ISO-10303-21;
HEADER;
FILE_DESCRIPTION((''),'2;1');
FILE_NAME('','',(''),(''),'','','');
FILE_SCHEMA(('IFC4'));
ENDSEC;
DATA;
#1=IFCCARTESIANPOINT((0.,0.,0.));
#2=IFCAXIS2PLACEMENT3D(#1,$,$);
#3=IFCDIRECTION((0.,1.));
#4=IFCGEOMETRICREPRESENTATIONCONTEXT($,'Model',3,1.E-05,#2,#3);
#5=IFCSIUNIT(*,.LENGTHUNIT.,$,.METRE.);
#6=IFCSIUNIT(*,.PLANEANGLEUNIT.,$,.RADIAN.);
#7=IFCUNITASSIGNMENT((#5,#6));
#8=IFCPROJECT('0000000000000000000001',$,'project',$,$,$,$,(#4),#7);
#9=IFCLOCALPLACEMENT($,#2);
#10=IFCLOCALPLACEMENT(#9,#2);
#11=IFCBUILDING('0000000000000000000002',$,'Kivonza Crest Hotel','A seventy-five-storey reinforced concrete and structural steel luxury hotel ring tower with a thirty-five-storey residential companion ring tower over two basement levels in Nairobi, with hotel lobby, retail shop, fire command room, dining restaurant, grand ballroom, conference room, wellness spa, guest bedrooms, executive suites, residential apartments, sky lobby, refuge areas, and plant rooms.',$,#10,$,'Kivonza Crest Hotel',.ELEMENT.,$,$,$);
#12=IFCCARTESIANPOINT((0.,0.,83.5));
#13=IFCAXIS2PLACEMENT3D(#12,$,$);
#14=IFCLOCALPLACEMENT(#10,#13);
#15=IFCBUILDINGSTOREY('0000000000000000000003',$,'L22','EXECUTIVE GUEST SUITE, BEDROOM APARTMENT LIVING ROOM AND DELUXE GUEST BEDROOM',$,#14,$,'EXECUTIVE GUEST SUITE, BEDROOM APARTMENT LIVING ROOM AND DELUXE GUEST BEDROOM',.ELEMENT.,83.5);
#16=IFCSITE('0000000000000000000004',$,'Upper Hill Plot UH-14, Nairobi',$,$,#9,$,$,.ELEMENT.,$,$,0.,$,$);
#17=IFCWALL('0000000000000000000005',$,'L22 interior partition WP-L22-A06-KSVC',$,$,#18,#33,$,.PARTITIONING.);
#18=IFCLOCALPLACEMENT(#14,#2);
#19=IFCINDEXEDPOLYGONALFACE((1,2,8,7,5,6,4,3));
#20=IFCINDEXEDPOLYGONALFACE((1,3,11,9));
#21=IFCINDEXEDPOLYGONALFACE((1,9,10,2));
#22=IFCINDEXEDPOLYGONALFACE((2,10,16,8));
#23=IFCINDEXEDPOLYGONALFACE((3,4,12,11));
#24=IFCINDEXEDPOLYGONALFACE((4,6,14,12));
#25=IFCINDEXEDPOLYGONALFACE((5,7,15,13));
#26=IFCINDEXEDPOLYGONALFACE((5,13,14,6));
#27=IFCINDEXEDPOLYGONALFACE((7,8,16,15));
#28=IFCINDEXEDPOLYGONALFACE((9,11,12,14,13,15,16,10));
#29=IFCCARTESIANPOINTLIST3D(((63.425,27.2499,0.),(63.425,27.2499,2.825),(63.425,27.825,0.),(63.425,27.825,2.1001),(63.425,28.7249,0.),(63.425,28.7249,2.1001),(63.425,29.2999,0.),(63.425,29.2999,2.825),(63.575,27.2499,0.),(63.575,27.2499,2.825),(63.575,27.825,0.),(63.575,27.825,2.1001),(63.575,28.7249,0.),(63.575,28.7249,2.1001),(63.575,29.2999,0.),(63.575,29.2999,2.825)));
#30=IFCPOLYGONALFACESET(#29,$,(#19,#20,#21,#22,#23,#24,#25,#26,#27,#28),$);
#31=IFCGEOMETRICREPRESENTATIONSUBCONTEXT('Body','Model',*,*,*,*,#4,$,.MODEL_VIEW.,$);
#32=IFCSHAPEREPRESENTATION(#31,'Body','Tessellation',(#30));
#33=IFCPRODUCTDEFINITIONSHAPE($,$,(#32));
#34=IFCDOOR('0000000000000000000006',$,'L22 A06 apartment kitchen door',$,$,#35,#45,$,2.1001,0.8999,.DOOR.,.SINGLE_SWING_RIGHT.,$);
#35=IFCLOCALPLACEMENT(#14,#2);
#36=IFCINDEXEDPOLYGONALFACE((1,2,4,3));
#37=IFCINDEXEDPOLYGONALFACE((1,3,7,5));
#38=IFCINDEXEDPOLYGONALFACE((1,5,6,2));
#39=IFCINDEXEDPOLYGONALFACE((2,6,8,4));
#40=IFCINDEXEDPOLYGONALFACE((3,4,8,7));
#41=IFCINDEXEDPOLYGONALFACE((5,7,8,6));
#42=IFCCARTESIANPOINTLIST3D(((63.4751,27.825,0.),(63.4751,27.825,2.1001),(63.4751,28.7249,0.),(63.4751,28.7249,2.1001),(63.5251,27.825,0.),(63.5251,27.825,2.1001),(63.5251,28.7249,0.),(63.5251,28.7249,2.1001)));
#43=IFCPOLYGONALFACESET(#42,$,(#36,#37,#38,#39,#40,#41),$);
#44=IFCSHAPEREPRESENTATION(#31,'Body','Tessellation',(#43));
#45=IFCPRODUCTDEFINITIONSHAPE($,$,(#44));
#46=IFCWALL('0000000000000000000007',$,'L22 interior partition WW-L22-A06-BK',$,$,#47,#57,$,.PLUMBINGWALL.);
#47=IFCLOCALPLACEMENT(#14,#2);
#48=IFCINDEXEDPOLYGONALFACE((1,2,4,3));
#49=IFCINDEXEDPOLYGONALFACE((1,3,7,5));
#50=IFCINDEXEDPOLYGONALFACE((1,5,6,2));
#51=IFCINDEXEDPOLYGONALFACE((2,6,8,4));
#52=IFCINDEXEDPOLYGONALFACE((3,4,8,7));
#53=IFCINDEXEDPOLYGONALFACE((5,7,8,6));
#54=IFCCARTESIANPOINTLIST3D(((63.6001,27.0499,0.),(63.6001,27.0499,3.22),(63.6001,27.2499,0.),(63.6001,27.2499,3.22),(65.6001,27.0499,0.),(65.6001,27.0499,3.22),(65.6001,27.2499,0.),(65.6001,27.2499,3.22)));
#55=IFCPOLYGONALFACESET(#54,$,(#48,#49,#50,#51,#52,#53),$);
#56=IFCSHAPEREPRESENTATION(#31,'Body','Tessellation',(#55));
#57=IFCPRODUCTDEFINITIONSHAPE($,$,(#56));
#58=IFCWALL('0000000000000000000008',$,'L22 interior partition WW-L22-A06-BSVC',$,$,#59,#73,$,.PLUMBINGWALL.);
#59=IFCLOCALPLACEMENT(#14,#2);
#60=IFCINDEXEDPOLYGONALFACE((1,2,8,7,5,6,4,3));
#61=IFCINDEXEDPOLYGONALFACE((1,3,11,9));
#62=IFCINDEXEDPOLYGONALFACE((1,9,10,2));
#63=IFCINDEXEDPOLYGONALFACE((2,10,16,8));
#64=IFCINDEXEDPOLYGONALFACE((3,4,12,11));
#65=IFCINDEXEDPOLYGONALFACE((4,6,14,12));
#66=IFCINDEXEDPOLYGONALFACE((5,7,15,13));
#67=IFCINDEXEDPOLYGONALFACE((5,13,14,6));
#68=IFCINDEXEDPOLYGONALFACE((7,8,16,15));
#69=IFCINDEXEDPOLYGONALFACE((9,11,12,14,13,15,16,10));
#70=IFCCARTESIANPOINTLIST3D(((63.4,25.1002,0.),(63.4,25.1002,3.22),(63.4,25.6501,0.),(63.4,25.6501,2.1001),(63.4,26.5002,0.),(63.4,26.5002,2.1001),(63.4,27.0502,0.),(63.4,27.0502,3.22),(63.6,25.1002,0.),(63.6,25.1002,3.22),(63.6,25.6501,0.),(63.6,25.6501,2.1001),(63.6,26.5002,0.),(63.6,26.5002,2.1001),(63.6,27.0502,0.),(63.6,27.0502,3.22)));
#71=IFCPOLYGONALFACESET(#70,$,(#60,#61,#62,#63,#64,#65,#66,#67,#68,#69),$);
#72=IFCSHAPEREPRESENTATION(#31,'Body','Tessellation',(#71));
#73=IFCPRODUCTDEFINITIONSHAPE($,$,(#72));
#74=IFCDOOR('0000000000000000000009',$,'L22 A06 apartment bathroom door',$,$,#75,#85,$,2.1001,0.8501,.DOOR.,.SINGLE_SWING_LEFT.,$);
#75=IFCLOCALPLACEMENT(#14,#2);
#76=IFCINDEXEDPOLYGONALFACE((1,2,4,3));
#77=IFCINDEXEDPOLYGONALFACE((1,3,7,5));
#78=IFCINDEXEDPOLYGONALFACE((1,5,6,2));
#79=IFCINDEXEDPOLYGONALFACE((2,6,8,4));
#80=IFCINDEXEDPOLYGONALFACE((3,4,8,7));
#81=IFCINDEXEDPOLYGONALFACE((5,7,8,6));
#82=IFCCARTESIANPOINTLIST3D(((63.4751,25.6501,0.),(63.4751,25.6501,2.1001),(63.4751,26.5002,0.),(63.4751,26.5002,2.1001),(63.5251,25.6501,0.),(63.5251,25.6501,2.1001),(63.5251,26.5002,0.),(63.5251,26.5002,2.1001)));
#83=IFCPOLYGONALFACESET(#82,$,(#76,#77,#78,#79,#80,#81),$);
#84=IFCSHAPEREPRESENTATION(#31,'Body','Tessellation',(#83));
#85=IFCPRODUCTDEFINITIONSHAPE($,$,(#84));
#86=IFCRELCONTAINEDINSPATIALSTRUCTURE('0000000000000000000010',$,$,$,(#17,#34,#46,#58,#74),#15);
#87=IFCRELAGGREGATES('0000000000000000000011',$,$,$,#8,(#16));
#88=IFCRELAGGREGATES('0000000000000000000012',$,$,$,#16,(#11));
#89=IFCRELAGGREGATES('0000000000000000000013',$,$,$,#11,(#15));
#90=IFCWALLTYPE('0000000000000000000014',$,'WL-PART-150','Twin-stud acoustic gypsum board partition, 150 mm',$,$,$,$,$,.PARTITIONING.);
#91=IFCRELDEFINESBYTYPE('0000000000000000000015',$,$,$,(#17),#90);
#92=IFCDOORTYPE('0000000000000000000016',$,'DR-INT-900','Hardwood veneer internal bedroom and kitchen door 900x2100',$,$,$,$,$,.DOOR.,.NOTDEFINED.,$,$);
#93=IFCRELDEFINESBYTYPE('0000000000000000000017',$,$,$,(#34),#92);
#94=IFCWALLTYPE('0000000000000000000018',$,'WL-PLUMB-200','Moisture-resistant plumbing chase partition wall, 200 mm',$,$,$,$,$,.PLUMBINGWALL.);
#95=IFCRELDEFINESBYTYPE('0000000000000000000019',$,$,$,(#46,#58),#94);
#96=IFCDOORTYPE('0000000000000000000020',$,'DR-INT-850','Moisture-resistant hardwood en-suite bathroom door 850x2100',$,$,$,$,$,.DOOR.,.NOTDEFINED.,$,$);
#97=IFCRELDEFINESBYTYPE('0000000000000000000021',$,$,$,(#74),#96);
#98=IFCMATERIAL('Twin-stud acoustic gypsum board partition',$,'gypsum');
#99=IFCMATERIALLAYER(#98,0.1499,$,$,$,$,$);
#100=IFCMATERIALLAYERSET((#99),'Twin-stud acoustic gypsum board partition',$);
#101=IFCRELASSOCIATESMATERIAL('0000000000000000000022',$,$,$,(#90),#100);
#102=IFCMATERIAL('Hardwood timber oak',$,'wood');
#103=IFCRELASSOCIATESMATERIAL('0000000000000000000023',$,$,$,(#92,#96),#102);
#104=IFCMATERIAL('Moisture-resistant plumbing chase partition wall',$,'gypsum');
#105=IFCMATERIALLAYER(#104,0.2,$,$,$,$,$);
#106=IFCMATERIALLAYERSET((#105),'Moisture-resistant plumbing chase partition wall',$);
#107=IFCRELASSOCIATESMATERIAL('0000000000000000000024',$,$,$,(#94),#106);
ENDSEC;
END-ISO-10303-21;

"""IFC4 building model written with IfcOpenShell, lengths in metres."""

from ifc_helpers import new_model, si_unit, direction, frame, frame_2d, origin, place, context, subcontext, project, spatial, rectangle, extrude, material, layer, layer_set, type_object, element, fill, save


model = new_model("IFC4")

# Units and contexts
model_context = context("Model", 3, precision=1e-05, world=origin(), true_north=direction((0.0, 1.0)))
body_context = subcontext(model_context, "Body", "Model", "MODEL_VIEW")
ifc_project = project(units=[si_unit("LENGTHUNIT", "METRE"), si_unit("PLANEANGLEUNIT", "RADIAN")], contexts=[model_context])

# Site, building, storey
site_placement = place(None, origin())
site = spatial("IfcSite", under=ifc_project, at=site_placement, Name="Upper Hill Plot UH-14, Nairobi", CompositionType="ELEMENT", RefElevation=0.0)
building_placement = place(site_placement, origin())
building = spatial("IfcBuilding", under=site, at=building_placement, Name="Kivonza Crest Hotel", Description="A seventy-five-storey reinforced concrete and structural steel luxury hotel ring tower with a thirty-five-storey residential companion ring tower over two basement levels in Nairobi, with hotel lobby, retail shop, fire command room, dining restaurant, grand ballroom, conference room, wellness spa, guest bedrooms, executive suites, residential apartments, sky lobby, refuge areas, and plant rooms.", LongName="Kivonza Crest Hotel", CompositionType="ELEMENT")
storey_placement = place(building_placement, frame((0.0, 0.0, 83.5)))
storey = spatial("IfcBuildingStorey", under=building, at=storey_placement, Name="L22", Description="EXECUTIVE GUEST SUITE, BEDROOM APARTMENT LIVING ROOM AND DELUXE GUEST BEDROOM", LongName="EXECUTIVE GUEST SUITE, BEDROOM APARTMENT LIVING ROOM AND DELUXE GUEST BEDROOM", CompositionType="ELEMENT", Elevation=83.5)

# Shared definitions
ifc_material_1 = material(Name="Hardwood timber oak", Category="wood")

# Shared definitions
ifc_material_2 = material(Name="Twin-stud acoustic gypsum board partition", Category="gypsum")
ifc_layer_1 = layer(ifc_material_2, 0.1499)
ifc_layer_set_1 = layer_set([ifc_layer_1], Name="Twin-stud acoustic gypsum board partition")
wall_type_1 = type_object("IfcWallType", Name="WL-PART-150", Description="Twin-stud acoustic gypsum board partition, 150 mm", PredefinedType="PARTITIONING", material=ifc_layer_set_1)
door_type_1 = type_object("IfcDoorType", Name="DR-INT-900", Description="Hardwood veneer internal bedroom and kitchen door 900x2100", OperationType="NOTDEFINED", PredefinedType="DOOR", material=ifc_material_1)

# Wall, opening, door
wall_1_placement = place(storey_placement, frame((63.5, 27.25, 0.0), z_axis=(0.0, 0.0, 1.0), x_axis=(0.0, 1.0, 0.0)))
wall_1 = element("IfcWall", 1, at=wall_1_placement, inside=storey, type_object=wall_type_1, Name="L22 interior partition WP-L22-A06-KSVC", PredefinedType="PARTITIONING", context=body_context, shape_type="SweptSolid", body=[
    extrude(rectangle(XDim=2.05, YDim=0.1499, at=frame_2d((1.0249, 0.0))), origin(), (0.0, 0.0, 1.0), 2.825),
])
opening_1_placement = place(wall_1_placement, frame((0.575, 0.0, 0.0)))
opening_1 = element("IfcOpeningElement", 2, at=opening_1_placement, cuts=wall_1, PredefinedType="OPENING", context=body_context, shape_type="SweptSolid", body=[
    extrude(rectangle(XDim=0.8999, YDim=2.1001, at=frame_2d((0.45, 1.05))), frame((0.0, 0.085, 0.0), z_axis=(0.0, -1.0, 0.0), x_axis=(1.0, 0.0, 0.0)), (0.0, 0.0, 1.0), 0.1699),
])
door_1_placement = place(opening_1_placement, origin())
door_1 = element("IfcDoor", 3, at=door_1_placement, inside=storey, type_object=door_type_1, Name="L22 A06 apartment kitchen door", OperationType="SINGLE_SWING_RIGHT", OverallHeight=2.1001, OverallWidth=0.8999, PredefinedType="DOOR", context=body_context, shape_type="SweptSolid", body=[
    extrude(rectangle(XDim=0.8999, YDim=2.1001, at=frame_2d((0.45, 1.05))), frame((0.0, 0.0249, 0.0), z_axis=(0.0, -1.0, 0.0), x_axis=(1.0, 0.0, 0.0)), (0.0, 0.0, 1.0), 0.05),
])
fill(opening_1, door_1)

# Wall
ifc_material_3 = material(Name="Moisture-resistant plumbing chase partition wall", Category="gypsum")
ifc_layer_2 = layer(ifc_material_3, 0.2)
ifc_layer_set_2 = layer_set([ifc_layer_2], Name="Moisture-resistant plumbing chase partition wall")
wall_type_2 = type_object("IfcWallType", Name="WL-PLUMB-200", Description="Moisture-resistant plumbing chase partition wall, 200 mm", PredefinedType="PLUMBINGWALL", material=ifc_layer_set_2)
wall_2_placement = place(storey_placement, frame((63.6001, 27.1499, 0.0), z_axis=(0.0, 0.0, 1.0), x_axis=(1.0, 0.0, 0.0)))
element("IfcWall", 4, at=wall_2_placement, inside=storey, type_object=wall_type_2, Name="L22 interior partition WW-L22-A06-BK", PredefinedType="PLUMBINGWALL", context=body_context, shape_type="SweptSolid", body=[
    extrude(rectangle(XDim=2.0, YDim=0.2, at=frame_2d((1.0, 0.0))), origin(), (0.0, 0.0, 1.0), 3.22),
])

# Wall, opening, door
wall_3_placement = place(storey_placement, frame((63.5, 25.1001, 0.0), z_axis=(0.0, 0.0, 1.0), x_axis=(0.0, 1.0, 0.0)))
wall_3 = element("IfcWall", 5, at=wall_3_placement, inside=storey, type_object=wall_type_2, Name="L22 interior partition WW-L22-A06-BSVC", PredefinedType="PLUMBINGWALL", context=body_context, shape_type="SweptSolid", body=[
    extrude(rectangle(XDim=1.95, YDim=0.2, at=frame_2d((0.9751, 0.0))), origin(), (0.0, 0.0, 1.0), 3.22),
])
opening_2_placement = place(wall_3_placement, frame((0.55, 0.0, 0.0)))
opening_2 = element("IfcOpeningElement", 6, at=opening_2_placement, cuts=wall_3, PredefinedType="OPENING", context=body_context, shape_type="SweptSolid", body=[
    extrude(rectangle(XDim=0.8501, YDim=2.1001, at=frame_2d((0.425, 1.05))), frame((0.0, 0.1099, 0.0), z_axis=(0.0, -1.0, 0.0), x_axis=(1.0, 0.0, 0.0)), (0.0, 0.0, 1.0), 0.22),
])
door_type_2 = type_object("IfcDoorType", Name="DR-INT-850", Description="Moisture-resistant hardwood en-suite bathroom door 850x2100", OperationType="NOTDEFINED", PredefinedType="DOOR", material=ifc_material_1)
door_2_placement = place(opening_2_placement, origin())
door_2 = element("IfcDoor", 7, at=door_2_placement, inside=storey, type_object=door_type_2, Name="L22 A06 apartment bathroom door", OperationType="SINGLE_SWING_LEFT", OverallHeight=2.1001, OverallWidth=0.8501, PredefinedType="DOOR", context=body_context, shape_type="SweptSolid", body=[
    extrude(rectangle(XDim=0.8501, YDim=2.1001, at=frame_2d((0.425, 1.05))), frame((0.0, 0.0249, 0.0), z_axis=(0.0, -1.0, 0.0), x_axis=(1.0, 0.0, 0.0)), (0.0, 0.0, 1.0), 0.05),
])
fill(opening_2, door_2)

save(model, "model.ifc")
